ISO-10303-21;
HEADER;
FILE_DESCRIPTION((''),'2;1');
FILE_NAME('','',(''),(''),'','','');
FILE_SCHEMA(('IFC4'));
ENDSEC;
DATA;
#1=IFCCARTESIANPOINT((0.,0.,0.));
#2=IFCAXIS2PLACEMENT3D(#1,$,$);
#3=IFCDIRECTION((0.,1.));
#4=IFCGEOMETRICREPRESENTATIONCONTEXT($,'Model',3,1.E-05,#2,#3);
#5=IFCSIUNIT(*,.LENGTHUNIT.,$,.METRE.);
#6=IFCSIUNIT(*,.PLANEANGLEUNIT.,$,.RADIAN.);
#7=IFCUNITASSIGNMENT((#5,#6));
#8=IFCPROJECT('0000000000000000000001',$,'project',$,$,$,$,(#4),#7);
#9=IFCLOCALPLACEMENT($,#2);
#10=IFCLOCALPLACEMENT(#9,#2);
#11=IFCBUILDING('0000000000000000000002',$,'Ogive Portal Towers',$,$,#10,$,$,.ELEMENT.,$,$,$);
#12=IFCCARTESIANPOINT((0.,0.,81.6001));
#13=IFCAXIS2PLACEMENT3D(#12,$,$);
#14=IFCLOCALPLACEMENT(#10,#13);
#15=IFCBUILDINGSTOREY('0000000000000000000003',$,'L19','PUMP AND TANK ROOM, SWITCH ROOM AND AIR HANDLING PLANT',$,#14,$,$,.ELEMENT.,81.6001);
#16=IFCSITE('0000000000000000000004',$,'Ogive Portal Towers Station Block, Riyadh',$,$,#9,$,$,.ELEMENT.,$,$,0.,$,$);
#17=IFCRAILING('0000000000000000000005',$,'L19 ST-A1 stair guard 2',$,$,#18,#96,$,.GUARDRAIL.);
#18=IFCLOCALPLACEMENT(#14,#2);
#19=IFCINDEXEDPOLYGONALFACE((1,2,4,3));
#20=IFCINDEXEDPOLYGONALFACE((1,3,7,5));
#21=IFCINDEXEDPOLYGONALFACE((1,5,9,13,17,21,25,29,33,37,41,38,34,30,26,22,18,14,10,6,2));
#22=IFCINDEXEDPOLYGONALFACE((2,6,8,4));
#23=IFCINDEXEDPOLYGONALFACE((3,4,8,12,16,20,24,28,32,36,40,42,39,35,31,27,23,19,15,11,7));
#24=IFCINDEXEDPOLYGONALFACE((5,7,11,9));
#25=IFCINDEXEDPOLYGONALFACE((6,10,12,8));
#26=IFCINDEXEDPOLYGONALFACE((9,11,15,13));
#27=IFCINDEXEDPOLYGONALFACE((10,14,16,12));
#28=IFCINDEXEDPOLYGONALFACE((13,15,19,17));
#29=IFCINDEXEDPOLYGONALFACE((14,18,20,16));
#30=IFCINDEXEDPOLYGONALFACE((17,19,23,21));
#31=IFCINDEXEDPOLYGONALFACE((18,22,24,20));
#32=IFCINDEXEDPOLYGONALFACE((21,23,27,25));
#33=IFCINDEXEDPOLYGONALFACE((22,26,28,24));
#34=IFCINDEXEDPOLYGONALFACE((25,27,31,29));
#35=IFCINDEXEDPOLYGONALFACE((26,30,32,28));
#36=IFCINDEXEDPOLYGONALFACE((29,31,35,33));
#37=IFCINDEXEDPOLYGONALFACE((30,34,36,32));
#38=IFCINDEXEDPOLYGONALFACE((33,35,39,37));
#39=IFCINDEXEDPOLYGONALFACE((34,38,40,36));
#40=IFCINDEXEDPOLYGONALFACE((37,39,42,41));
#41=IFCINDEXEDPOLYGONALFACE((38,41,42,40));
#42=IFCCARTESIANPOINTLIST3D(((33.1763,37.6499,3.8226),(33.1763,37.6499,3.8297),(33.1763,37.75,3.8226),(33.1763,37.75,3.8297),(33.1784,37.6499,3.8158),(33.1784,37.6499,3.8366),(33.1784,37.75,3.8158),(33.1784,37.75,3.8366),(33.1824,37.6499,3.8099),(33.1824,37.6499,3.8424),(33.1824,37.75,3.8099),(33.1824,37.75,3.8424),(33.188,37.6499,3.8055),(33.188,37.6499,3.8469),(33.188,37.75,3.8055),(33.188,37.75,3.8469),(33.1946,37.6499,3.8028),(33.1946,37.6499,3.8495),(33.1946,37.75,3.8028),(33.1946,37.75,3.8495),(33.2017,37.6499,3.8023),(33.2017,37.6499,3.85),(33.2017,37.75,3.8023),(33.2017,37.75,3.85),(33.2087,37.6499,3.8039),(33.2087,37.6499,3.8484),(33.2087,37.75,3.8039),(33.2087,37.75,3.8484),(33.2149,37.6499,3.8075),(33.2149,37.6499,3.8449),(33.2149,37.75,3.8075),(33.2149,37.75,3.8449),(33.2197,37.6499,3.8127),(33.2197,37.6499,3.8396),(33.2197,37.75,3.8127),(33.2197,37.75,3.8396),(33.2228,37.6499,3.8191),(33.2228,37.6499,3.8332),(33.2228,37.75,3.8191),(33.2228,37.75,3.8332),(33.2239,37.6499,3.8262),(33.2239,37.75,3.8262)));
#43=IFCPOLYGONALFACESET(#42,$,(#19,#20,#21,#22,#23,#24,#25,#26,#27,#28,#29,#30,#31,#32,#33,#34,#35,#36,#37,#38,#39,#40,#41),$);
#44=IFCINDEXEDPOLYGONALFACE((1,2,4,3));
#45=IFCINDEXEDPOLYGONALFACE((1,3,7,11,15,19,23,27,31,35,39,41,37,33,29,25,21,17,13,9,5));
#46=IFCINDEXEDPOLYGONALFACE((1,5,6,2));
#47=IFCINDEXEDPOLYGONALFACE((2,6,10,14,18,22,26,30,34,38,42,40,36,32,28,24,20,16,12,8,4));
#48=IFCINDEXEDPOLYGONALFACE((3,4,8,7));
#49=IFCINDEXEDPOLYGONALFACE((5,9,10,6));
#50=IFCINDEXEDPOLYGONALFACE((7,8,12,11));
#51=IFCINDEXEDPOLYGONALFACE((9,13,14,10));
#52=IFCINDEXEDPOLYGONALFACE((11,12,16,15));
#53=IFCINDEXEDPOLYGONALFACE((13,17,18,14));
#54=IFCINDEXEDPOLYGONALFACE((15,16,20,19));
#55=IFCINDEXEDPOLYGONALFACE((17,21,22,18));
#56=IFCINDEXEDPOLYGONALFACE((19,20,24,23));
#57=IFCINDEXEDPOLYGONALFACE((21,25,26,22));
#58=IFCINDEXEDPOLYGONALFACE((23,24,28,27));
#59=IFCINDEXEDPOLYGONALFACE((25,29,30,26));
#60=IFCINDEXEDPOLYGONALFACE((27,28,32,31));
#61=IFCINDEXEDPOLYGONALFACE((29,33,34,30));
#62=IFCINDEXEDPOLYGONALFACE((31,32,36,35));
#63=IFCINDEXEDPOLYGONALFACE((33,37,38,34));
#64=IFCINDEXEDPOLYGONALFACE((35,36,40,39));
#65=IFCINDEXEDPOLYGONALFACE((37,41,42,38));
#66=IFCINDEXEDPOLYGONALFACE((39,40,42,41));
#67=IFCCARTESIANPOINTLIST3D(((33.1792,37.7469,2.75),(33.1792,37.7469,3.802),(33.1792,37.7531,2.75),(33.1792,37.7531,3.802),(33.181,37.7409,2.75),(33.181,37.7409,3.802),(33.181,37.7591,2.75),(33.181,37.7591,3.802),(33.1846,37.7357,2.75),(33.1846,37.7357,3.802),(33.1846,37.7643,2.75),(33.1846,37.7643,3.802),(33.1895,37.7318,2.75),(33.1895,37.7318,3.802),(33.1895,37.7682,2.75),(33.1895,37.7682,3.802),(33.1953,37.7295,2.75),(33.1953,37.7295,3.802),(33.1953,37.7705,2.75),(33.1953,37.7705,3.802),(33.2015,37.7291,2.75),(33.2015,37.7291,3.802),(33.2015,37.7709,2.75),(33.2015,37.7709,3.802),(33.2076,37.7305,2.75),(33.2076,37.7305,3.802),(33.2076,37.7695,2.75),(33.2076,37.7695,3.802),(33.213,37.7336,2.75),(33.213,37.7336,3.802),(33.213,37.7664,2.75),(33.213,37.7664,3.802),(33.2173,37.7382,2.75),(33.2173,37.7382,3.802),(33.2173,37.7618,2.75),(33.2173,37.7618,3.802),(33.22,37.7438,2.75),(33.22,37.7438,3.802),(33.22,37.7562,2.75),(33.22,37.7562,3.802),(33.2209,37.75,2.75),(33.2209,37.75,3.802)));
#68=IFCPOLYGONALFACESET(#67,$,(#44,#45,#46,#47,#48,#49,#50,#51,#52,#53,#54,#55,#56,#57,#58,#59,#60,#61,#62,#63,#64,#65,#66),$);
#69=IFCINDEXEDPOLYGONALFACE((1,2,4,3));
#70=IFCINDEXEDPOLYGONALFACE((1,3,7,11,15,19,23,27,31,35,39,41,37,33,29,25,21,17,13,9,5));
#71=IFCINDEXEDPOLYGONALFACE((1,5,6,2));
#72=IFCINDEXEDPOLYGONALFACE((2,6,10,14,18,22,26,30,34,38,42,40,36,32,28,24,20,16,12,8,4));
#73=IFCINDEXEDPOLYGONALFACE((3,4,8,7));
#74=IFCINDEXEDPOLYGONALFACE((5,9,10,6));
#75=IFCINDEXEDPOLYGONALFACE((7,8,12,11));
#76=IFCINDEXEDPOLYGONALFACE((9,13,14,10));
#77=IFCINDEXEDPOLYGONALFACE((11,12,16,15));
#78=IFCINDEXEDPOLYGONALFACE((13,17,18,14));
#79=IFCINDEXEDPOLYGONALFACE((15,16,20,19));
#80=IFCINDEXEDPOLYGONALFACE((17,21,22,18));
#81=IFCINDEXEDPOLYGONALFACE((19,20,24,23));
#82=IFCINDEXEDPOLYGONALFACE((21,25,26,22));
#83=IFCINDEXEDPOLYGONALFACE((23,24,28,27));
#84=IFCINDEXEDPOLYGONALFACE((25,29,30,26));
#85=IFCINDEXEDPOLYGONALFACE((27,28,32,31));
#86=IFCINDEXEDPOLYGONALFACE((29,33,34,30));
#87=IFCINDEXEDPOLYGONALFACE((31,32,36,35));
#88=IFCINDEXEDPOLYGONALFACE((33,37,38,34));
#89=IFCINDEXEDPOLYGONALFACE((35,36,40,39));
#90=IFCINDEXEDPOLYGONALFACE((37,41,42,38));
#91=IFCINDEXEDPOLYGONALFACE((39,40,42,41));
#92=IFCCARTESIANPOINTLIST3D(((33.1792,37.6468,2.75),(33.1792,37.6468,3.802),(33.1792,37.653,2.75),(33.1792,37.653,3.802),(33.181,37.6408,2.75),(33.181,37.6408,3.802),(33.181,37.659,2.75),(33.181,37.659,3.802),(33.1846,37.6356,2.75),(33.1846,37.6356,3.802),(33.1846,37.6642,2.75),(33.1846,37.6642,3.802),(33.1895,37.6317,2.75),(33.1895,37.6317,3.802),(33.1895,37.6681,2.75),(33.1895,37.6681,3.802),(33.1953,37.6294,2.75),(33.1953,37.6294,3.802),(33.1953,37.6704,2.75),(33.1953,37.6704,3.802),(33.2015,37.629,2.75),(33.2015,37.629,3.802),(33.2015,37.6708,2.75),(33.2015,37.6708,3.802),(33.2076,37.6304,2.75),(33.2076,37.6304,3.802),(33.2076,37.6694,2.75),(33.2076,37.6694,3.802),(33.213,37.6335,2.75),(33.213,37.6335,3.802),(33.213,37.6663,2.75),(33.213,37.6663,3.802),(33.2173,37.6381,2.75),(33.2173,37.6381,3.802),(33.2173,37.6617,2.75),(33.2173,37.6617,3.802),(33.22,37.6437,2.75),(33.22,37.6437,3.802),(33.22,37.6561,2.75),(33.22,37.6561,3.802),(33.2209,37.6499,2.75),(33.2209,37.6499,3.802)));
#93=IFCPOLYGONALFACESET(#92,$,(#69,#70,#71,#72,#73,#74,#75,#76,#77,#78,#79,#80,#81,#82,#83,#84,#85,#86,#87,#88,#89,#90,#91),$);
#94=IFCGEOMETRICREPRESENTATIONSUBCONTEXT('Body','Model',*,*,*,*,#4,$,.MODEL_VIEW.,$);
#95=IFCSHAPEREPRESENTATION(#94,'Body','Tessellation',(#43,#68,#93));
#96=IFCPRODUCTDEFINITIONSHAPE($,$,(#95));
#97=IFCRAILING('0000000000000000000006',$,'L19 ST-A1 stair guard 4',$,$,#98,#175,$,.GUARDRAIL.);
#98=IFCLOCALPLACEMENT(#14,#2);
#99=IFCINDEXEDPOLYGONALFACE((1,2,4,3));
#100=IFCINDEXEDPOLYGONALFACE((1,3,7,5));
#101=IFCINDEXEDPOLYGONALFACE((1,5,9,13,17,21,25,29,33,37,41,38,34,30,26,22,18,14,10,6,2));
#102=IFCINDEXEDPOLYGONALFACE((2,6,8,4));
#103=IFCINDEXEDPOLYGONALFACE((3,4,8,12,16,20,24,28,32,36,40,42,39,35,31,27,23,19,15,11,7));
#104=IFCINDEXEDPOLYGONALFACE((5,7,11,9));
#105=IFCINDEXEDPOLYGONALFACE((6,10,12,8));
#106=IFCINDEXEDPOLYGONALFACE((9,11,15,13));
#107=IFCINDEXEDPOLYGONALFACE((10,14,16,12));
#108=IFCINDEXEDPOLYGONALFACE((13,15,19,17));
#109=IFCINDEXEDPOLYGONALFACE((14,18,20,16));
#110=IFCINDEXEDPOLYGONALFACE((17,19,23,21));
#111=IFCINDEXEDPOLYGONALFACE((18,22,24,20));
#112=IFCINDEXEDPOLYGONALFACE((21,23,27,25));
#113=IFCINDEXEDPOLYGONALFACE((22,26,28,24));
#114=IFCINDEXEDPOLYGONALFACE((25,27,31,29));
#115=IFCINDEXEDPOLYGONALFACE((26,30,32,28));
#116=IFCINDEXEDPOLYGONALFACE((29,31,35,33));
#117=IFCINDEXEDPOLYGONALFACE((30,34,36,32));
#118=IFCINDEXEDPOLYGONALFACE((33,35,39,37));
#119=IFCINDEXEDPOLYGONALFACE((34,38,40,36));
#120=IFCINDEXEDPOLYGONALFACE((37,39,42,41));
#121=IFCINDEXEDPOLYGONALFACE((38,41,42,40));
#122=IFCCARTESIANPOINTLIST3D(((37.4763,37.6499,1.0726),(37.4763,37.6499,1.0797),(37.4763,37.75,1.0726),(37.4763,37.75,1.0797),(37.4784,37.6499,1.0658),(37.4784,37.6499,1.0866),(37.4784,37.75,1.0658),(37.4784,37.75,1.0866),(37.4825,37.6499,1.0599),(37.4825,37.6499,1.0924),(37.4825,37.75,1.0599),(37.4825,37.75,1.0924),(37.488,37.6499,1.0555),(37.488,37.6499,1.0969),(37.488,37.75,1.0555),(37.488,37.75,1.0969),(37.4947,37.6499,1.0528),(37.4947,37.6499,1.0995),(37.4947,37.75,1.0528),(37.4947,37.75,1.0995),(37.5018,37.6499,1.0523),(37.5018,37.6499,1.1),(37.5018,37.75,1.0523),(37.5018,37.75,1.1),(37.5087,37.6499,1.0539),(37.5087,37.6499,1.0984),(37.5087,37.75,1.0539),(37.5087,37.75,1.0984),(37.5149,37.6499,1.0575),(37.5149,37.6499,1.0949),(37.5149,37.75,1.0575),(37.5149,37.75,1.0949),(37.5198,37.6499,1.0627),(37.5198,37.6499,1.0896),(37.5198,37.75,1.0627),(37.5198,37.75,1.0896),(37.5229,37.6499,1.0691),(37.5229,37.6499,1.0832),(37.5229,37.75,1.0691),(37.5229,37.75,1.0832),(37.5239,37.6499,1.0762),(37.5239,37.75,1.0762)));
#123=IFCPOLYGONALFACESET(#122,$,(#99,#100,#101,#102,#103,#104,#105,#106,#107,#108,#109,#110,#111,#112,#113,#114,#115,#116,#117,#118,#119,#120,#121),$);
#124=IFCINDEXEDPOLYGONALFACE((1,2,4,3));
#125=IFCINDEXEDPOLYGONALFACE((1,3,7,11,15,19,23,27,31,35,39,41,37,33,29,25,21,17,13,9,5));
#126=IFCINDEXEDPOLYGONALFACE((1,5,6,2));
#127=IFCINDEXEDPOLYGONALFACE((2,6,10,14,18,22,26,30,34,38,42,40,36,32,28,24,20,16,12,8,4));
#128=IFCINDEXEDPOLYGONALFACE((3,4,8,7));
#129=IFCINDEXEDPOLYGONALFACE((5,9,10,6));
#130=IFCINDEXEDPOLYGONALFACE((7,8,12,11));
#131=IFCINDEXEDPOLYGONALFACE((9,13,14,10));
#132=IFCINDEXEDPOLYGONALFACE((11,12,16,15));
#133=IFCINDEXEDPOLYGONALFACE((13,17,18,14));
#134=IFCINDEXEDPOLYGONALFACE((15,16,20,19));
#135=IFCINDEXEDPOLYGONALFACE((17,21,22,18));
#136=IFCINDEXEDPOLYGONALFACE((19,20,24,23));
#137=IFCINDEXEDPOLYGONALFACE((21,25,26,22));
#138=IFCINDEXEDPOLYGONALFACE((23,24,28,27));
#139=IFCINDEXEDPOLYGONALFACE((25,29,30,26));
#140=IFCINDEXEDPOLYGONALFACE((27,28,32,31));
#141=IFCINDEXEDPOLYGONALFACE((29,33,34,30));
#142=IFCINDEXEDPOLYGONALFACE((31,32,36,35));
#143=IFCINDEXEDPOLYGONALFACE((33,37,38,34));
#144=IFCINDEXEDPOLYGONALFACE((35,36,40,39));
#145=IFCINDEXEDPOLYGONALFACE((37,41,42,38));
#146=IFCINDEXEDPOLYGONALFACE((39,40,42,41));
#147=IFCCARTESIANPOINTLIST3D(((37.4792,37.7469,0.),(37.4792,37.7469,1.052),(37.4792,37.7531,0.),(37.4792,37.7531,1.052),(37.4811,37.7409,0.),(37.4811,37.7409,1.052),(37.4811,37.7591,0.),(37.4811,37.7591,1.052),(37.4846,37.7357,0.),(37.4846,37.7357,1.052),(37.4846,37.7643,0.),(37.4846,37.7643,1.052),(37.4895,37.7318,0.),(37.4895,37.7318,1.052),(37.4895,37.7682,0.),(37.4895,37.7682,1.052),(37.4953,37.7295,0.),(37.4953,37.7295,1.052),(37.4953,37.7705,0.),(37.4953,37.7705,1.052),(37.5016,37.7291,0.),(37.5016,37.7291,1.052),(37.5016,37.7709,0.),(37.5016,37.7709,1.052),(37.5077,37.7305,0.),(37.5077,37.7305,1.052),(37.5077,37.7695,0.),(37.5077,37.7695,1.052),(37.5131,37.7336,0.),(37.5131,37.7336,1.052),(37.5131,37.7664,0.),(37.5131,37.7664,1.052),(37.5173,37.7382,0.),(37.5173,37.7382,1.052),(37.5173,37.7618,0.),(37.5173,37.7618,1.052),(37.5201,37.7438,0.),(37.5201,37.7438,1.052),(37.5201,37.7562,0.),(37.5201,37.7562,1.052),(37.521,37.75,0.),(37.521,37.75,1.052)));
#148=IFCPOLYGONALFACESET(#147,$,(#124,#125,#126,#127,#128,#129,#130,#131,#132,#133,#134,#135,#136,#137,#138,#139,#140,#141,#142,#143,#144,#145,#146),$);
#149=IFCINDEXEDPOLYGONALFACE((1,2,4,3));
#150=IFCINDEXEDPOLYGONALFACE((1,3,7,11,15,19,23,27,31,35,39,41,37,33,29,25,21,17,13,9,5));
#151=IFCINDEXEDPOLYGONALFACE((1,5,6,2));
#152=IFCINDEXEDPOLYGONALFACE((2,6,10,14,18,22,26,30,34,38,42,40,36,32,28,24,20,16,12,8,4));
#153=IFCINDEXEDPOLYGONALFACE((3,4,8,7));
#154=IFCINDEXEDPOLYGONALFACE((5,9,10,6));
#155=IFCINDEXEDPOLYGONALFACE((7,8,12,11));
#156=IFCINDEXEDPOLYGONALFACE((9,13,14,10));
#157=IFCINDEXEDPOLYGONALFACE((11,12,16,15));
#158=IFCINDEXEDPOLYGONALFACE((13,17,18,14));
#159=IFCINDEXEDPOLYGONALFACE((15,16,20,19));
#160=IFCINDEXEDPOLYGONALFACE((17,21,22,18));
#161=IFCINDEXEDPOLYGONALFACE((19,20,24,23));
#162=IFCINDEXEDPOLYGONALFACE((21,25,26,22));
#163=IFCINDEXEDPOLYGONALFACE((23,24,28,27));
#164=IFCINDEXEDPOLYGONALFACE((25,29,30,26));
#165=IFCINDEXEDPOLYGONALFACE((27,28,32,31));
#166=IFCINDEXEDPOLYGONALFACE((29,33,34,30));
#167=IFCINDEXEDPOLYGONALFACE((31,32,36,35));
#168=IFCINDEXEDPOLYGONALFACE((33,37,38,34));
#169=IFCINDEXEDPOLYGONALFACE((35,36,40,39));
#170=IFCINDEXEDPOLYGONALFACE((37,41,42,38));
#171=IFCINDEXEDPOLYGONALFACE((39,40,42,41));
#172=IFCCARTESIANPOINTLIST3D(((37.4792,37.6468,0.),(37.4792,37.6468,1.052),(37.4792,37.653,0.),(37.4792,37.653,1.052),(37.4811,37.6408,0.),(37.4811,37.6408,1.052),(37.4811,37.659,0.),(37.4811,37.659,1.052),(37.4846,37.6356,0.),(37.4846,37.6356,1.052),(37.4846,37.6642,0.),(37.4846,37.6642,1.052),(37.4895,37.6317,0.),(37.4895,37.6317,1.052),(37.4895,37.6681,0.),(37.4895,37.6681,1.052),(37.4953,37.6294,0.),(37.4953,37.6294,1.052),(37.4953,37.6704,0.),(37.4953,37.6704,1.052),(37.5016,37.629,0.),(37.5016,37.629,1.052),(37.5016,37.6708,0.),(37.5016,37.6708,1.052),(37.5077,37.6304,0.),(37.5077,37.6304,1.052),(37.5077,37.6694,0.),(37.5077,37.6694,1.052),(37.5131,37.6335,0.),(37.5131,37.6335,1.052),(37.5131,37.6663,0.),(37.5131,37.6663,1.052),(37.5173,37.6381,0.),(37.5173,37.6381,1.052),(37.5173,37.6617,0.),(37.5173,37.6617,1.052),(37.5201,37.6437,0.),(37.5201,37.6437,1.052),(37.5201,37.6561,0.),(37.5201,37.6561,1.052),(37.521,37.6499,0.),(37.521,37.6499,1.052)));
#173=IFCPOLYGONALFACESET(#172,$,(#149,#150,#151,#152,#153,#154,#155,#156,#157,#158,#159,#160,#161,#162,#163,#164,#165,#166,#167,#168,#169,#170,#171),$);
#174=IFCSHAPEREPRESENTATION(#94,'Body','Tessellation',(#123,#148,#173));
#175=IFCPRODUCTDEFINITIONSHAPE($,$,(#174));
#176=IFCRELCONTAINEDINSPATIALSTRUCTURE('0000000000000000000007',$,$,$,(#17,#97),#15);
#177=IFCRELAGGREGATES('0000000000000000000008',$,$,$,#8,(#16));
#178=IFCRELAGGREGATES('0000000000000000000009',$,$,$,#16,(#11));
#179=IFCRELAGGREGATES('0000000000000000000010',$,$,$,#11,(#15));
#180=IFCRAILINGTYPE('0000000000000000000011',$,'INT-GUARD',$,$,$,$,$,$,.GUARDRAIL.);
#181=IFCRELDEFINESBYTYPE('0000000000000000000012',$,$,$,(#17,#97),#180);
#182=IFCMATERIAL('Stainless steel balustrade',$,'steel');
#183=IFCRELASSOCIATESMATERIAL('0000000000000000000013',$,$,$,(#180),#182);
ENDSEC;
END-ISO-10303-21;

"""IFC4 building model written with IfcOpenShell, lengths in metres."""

from ifc_helpers import new_model, si_unit, direction, frame, origin, origin_2d, place, context, subcontext, project, spatial, circle, extrude, material, type_object, element, save


model = new_model("IFC4")

# Units and contexts
model_context = context("Model", 3, precision=1e-05, world=origin(), true_north=direction((0.0, 1.0)))
body_context = subcontext(model_context, "Body", "Model", "MODEL_VIEW")
ifc_project = project(units=[si_unit("LENGTHUNIT", "METRE"), si_unit("PLANEANGLEUNIT", "RADIAN")], contexts=[model_context])

# Site, building, storey
site_placement = place(None, origin())
site = spatial("IfcSite", under=ifc_project, at=site_placement, Name="Ogive Portal Towers Station Block, Riyadh", CompositionType="ELEMENT", RefElevation=0.0)
building_placement = place(site_placement, origin())
building = spatial("IfcBuilding", under=site, at=building_placement, Name="Ogive Portal Towers", CompositionType="ELEMENT")
storey_placement = place(building_placement, frame((0.0, 0.0, 81.6001)))
storey = spatial("IfcBuildingStorey", under=building, at=storey_placement, Name="L19", Description="PUMP AND TANK ROOM, SWITCH ROOM AND AIR HANDLING PLANT", CompositionType="ELEMENT", Elevation=81.6001)

# Railings
ifc_material_1 = material(Name="Stainless steel balustrade", Category="steel")
railing_type_1 = type_object("IfcRailingType", Name="INT-GUARD", PredefinedType="GUARDRAIL", material=ifc_material_1)
for number, where, name in (
    (1, (33.2, 37.75, 2.75), "L19 ST-A1 stair guard 2"),
    (2, (37.5, 37.75, 0.0), "L19 ST-A1 stair guard 4"),
):
    element("IfcRailing", number, at=place(storey_placement, frame(where)), inside=storey, type_object=railing_type_1, Name=name, PredefinedType="GUARDRAIL", context=body_context, shape_type="SweptSolid", body=[
        extrude(circle(Radius=0.0239, at=origin_2d()), frame((0.0, 0.0, 1.0762), z_axis=(0.0, -1.0, 0.0), x_axis=(1.0, 0.0, 0.0)), (0.0, 0.0, 1.0), 0.1001),
        extrude(circle(Radius=0.021, at=origin_2d()), origin(), (0.0, 0.0, 1.0), 1.052),
        extrude(circle(Radius=0.021, at=origin_2d()), frame((0.0, -0.1001, 0.0)), (0.0, 0.0, 1.0), 1.052),
    ])

save(model, "model.ifc")
